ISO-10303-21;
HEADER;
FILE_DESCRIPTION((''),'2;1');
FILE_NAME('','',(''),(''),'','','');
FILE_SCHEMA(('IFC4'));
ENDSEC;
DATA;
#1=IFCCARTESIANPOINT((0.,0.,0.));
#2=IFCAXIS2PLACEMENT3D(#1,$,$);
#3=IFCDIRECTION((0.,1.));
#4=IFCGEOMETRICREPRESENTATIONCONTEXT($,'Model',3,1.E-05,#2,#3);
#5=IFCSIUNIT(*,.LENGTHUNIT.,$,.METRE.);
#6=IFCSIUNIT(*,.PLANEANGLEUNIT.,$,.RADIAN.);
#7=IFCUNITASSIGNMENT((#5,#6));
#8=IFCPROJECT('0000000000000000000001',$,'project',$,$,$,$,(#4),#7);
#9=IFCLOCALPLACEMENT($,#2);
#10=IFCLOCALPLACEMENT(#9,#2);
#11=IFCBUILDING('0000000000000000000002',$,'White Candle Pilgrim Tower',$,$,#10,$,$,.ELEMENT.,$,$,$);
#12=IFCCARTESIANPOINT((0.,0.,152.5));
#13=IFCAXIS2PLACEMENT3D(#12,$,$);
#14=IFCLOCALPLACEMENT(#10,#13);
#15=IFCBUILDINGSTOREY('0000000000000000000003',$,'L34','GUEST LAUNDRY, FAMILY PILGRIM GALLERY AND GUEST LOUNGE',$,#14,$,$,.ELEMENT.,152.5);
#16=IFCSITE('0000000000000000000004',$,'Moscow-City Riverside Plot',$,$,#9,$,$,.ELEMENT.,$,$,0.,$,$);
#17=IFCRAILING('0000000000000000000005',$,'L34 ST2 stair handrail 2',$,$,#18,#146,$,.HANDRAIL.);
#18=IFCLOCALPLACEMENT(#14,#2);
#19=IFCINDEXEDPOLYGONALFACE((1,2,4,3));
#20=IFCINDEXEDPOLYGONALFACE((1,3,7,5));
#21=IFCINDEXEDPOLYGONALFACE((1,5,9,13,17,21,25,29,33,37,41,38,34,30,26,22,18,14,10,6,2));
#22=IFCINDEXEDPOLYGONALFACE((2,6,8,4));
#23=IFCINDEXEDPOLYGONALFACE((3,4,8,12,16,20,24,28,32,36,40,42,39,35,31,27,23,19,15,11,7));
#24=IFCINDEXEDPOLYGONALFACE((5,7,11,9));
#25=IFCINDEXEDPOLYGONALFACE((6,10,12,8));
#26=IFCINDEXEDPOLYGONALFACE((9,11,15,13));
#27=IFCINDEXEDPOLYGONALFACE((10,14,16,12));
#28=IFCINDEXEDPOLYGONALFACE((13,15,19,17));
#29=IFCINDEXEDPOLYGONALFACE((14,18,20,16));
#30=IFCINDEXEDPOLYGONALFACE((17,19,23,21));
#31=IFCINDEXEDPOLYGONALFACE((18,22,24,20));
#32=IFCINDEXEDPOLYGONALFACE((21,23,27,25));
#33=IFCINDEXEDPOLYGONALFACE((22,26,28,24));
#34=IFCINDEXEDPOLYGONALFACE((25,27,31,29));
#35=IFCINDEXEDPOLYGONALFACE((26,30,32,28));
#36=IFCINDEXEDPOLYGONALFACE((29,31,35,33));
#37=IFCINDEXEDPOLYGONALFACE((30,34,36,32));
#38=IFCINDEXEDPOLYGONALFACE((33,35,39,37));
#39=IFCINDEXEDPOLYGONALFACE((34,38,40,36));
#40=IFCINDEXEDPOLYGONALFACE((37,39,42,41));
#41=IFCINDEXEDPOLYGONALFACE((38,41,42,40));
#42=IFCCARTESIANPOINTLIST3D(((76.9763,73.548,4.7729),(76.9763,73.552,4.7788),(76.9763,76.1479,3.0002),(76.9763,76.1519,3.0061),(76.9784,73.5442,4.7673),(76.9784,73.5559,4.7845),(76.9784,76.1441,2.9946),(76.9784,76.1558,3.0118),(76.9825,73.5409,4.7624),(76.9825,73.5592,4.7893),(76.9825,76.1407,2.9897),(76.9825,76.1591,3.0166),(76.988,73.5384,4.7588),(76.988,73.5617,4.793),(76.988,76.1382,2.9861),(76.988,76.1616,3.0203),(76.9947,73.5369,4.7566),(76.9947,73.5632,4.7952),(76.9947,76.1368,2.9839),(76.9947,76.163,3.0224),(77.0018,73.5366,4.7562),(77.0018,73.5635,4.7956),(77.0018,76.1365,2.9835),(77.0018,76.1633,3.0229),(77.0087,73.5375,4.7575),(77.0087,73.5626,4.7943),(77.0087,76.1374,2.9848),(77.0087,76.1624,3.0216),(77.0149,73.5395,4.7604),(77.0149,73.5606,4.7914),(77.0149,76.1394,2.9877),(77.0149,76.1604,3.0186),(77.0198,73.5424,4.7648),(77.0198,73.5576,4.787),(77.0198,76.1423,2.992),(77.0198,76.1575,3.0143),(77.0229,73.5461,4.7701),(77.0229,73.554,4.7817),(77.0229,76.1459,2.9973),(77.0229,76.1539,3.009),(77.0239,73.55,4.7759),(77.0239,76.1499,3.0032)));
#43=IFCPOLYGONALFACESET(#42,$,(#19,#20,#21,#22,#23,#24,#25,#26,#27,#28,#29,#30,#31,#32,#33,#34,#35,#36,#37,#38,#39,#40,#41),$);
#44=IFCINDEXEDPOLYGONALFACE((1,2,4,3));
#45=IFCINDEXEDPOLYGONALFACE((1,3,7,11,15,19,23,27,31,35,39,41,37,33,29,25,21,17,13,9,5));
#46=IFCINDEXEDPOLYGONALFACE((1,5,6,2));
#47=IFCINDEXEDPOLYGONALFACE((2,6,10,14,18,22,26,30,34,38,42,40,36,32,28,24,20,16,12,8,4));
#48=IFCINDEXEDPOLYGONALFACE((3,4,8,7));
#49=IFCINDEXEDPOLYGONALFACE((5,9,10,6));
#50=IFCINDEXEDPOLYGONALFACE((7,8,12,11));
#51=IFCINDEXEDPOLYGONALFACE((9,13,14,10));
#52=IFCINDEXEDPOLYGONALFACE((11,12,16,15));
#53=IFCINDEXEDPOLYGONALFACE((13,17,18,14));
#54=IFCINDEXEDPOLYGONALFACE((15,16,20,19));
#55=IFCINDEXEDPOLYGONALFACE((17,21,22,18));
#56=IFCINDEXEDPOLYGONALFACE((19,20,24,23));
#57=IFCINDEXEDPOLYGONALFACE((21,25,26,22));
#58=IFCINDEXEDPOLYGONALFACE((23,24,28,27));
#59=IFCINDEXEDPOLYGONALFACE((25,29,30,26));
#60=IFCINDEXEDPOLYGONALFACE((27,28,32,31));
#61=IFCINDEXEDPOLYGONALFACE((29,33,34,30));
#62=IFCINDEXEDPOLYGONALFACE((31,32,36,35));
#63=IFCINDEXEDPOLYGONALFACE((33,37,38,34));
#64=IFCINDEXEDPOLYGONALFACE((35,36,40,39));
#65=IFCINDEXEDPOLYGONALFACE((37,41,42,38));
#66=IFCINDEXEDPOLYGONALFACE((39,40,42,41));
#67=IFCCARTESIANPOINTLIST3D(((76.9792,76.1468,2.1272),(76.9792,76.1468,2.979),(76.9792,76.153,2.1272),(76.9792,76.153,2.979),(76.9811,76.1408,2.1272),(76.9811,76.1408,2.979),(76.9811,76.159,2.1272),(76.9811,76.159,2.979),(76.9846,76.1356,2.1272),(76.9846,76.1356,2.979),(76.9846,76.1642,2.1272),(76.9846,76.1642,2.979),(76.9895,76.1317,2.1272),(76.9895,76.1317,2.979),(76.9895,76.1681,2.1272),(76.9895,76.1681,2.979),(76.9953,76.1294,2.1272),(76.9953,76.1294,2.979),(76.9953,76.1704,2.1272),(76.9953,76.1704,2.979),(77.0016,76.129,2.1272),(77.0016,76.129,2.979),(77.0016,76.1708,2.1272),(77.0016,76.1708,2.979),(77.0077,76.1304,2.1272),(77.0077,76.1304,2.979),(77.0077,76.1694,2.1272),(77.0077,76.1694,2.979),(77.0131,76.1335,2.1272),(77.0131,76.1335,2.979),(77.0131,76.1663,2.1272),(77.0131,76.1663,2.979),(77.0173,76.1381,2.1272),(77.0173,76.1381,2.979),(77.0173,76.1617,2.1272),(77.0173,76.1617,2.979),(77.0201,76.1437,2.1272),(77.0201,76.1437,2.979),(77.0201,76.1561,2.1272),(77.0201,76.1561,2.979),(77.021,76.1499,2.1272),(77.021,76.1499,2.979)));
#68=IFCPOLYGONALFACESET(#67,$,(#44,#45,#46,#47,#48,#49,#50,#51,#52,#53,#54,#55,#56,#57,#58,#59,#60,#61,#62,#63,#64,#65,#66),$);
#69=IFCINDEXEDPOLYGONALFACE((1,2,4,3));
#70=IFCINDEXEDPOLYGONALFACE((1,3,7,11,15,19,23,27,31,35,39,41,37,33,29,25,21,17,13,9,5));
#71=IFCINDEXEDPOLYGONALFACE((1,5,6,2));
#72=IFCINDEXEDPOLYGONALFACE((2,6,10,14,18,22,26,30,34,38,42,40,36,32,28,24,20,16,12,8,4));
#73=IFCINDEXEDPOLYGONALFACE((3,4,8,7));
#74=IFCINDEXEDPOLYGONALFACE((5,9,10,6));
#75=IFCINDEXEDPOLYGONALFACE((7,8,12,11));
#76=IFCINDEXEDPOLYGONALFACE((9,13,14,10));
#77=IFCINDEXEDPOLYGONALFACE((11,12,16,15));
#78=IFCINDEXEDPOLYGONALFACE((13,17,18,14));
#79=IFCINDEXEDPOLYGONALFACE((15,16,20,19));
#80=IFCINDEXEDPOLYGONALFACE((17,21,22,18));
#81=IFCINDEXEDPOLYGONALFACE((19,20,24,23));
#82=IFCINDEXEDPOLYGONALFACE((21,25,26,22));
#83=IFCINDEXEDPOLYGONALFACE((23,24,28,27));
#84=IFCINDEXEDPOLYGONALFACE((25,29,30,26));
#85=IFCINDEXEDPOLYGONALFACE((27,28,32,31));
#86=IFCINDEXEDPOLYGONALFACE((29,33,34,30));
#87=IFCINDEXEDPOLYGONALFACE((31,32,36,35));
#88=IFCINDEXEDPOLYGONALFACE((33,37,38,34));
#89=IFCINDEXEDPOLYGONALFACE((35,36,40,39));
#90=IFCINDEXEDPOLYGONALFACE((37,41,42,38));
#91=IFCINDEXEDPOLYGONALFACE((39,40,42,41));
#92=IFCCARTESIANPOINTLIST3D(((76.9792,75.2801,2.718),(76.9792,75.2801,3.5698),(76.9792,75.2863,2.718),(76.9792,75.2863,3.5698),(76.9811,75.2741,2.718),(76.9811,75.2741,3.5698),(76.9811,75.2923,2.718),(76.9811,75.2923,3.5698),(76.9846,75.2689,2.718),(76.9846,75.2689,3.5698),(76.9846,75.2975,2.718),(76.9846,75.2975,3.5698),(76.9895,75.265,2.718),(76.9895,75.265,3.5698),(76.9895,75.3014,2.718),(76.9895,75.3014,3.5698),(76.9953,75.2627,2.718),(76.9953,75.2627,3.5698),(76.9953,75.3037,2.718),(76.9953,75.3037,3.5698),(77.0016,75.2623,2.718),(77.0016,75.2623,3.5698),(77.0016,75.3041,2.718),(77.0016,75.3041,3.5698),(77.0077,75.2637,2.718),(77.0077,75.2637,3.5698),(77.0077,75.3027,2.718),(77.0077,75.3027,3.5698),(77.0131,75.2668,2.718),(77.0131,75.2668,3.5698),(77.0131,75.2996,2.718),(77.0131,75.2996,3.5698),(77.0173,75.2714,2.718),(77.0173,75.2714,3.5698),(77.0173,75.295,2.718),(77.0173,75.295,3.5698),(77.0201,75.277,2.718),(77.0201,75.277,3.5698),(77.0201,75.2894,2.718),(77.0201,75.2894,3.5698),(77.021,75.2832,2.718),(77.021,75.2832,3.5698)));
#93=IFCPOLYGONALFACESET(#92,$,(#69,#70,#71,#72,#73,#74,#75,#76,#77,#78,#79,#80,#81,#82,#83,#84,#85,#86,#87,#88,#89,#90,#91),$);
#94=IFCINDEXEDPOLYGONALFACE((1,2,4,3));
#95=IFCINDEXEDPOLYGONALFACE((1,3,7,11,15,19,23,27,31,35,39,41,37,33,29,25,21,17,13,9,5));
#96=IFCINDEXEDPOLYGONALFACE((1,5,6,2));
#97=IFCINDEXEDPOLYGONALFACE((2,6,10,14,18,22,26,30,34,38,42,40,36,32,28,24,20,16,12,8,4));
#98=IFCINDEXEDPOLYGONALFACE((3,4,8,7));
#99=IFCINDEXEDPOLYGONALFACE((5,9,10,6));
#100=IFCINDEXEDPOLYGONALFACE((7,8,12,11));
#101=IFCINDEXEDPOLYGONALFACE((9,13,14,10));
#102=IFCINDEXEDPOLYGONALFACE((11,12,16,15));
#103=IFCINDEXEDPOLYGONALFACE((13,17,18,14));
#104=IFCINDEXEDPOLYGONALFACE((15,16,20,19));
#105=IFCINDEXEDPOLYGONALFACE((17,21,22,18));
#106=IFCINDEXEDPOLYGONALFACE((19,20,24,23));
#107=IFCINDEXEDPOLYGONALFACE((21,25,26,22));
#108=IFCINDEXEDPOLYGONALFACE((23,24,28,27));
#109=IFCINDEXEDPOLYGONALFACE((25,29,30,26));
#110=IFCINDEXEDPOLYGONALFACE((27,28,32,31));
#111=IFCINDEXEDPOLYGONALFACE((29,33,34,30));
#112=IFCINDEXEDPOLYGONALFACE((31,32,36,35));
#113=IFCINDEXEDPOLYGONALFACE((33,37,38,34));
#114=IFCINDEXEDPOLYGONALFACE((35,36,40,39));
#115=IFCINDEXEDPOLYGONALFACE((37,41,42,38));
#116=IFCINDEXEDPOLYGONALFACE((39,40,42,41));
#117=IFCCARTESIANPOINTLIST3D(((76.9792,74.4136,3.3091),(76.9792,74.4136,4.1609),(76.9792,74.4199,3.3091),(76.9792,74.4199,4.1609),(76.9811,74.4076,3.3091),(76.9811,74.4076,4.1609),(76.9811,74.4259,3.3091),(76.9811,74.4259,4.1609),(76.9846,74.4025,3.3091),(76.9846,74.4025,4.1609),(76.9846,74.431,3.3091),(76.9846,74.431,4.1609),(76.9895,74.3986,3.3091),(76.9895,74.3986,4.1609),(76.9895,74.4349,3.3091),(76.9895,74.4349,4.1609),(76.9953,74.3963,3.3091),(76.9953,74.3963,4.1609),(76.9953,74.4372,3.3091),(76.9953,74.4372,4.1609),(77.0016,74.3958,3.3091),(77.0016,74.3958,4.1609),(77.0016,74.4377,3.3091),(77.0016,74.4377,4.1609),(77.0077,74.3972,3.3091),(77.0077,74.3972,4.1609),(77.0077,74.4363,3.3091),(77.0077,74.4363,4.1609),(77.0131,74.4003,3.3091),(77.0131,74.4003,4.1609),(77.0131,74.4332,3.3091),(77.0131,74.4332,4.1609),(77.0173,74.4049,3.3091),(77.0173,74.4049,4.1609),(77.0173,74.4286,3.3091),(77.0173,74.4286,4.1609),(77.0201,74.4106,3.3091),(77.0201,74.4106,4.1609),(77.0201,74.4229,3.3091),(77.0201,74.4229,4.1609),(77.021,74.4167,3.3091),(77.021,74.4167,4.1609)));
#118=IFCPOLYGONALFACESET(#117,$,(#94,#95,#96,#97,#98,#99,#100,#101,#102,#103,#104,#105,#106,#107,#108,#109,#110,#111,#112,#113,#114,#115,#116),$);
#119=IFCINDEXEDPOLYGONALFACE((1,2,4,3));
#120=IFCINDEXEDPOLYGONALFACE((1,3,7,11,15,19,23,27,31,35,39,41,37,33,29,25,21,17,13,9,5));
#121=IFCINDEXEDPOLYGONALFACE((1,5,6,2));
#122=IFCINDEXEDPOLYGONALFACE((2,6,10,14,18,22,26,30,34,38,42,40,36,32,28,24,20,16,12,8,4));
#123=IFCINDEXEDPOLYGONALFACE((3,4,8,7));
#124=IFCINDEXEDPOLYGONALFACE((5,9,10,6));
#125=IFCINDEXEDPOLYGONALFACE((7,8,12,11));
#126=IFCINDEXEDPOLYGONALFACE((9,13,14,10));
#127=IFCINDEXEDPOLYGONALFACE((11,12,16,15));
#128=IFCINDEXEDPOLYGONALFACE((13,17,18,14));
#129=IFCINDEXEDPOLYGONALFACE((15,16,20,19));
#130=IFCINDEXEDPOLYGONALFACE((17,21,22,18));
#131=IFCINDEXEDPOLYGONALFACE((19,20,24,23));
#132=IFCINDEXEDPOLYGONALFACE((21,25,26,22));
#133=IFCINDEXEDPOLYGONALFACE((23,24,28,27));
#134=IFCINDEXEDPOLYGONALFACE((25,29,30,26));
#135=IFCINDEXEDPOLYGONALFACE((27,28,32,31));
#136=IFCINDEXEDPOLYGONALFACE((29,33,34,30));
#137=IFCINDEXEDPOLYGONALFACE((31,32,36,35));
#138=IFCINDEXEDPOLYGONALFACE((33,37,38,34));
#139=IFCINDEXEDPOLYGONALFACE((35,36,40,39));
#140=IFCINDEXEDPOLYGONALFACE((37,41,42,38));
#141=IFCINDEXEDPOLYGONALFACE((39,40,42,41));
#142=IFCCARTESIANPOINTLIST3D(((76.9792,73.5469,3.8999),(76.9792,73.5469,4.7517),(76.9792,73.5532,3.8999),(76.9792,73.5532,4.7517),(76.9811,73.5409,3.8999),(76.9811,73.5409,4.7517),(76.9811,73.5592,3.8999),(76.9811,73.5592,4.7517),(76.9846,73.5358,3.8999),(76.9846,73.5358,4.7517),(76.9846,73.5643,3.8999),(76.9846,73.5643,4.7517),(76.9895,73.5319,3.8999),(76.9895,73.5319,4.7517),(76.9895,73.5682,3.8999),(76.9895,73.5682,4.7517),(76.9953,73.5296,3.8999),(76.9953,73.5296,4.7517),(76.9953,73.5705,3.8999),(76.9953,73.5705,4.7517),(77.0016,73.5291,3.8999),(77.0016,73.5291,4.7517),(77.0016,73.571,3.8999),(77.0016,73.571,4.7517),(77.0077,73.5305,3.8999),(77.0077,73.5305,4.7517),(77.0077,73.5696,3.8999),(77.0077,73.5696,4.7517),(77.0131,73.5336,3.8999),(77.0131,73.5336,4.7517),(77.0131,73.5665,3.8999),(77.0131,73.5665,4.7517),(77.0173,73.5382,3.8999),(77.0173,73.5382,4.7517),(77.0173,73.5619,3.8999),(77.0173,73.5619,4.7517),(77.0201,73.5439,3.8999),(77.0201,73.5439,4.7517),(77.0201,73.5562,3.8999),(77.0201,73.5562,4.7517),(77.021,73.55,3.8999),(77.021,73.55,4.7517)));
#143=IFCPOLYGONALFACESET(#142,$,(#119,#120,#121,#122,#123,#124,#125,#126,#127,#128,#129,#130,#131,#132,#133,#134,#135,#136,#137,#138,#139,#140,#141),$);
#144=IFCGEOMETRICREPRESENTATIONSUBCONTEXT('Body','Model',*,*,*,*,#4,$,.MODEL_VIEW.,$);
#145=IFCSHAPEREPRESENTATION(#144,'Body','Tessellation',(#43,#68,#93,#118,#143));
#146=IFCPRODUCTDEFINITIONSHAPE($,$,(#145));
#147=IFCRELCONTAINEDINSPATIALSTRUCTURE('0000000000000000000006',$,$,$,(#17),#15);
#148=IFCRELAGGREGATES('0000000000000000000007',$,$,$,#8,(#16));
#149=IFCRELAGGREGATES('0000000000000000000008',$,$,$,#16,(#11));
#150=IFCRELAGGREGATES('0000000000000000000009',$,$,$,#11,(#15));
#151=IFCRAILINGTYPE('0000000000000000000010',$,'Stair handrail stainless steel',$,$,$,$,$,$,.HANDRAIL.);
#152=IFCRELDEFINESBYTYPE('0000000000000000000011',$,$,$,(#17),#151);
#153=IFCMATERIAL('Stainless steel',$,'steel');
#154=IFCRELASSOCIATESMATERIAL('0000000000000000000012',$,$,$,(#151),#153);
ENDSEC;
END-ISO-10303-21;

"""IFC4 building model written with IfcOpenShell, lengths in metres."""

from ifc_helpers import new_model, si_unit, direction, frame, origin, origin_2d, place, context, subcontext, project, spatial, circle, extrude, material, type_object, element, save


model = new_model("IFC4")

# Units and contexts
model_context = context("Model", 3, precision=1e-05, world=origin(), true_north=direction((0.0, 1.0)))
body_context = subcontext(model_context, "Body", "Model", "MODEL_VIEW")
ifc_project = project(units=[si_unit("LENGTHUNIT", "METRE"), si_unit("PLANEANGLEUNIT", "RADIAN")], contexts=[model_context])

# Site, building, storey
site_placement = place(None, origin())
site = spatial("IfcSite", under=ifc_project, at=site_placement, Name="Moscow-City Riverside Plot", CompositionType="ELEMENT", RefElevation=0.0)
building_placement = place(site_placement, origin())
building = spatial("IfcBuilding", under=site, at=building_placement, Name="White Candle Pilgrim Tower", CompositionType="ELEMENT")
storey_placement = place(building_placement, frame((0.0, 0.0, 152.5)))
storey = spatial("IfcBuildingStorey", under=building, at=storey_placement, Name="L34", Description="GUEST LAUNDRY, FAMILY PILGRIM GALLERY AND GUEST LOUNGE", CompositionType="ELEMENT", Elevation=152.5)

# Shared definitions
ifc_material_1 = material(Name="Stainless steel", Category="steel")

# Railing
railing_type_1 = type_object("IfcRailingType", Name="Stair handrail stainless steel", PredefinedType="HANDRAIL", material=ifc_material_1)
railing_1_placement = place(storey_placement, frame((77.0, 76.1499, 2.1272)))
element("IfcRailing", 1, at=railing_1_placement, inside=storey, type_object=railing_type_1, Name="L34 ST2 stair handrail 2", PredefinedType="HANDRAIL", context=body_context, shape_type="SweptSolid", body=[
    extrude(circle(Radius=0.0239, at=origin_2d()), frame((0.0, 0.0, 0.876), z_axis=(0.0, -0.826216, 0.563354), x_axis=(1.0, 0.0, 0.0)), (0.0, 0.0, 1.0), 3.1467),
    extrude(circle(Radius=0.021, at=origin_2d()), origin(), (0.0, 0.0, 1.0), 0.8518),
    extrude(circle(Radius=0.021, at=origin_2d()), frame((0.0, -0.8667, 0.5908)), (0.0, 0.0, 1.0), 0.8518),
    extrude(circle(Radius=0.021, at=origin_2d()), frame((0.0, -1.7332, 1.1819)), (0.0, 0.0, 1.0), 0.8518),
    extrude(circle(Radius=0.021, at=origin_2d()), frame((0.0, -2.5999, 1.7727)), (0.0, 0.0, 1.0), 0.8518),
])

save(model, "model.ifc")
